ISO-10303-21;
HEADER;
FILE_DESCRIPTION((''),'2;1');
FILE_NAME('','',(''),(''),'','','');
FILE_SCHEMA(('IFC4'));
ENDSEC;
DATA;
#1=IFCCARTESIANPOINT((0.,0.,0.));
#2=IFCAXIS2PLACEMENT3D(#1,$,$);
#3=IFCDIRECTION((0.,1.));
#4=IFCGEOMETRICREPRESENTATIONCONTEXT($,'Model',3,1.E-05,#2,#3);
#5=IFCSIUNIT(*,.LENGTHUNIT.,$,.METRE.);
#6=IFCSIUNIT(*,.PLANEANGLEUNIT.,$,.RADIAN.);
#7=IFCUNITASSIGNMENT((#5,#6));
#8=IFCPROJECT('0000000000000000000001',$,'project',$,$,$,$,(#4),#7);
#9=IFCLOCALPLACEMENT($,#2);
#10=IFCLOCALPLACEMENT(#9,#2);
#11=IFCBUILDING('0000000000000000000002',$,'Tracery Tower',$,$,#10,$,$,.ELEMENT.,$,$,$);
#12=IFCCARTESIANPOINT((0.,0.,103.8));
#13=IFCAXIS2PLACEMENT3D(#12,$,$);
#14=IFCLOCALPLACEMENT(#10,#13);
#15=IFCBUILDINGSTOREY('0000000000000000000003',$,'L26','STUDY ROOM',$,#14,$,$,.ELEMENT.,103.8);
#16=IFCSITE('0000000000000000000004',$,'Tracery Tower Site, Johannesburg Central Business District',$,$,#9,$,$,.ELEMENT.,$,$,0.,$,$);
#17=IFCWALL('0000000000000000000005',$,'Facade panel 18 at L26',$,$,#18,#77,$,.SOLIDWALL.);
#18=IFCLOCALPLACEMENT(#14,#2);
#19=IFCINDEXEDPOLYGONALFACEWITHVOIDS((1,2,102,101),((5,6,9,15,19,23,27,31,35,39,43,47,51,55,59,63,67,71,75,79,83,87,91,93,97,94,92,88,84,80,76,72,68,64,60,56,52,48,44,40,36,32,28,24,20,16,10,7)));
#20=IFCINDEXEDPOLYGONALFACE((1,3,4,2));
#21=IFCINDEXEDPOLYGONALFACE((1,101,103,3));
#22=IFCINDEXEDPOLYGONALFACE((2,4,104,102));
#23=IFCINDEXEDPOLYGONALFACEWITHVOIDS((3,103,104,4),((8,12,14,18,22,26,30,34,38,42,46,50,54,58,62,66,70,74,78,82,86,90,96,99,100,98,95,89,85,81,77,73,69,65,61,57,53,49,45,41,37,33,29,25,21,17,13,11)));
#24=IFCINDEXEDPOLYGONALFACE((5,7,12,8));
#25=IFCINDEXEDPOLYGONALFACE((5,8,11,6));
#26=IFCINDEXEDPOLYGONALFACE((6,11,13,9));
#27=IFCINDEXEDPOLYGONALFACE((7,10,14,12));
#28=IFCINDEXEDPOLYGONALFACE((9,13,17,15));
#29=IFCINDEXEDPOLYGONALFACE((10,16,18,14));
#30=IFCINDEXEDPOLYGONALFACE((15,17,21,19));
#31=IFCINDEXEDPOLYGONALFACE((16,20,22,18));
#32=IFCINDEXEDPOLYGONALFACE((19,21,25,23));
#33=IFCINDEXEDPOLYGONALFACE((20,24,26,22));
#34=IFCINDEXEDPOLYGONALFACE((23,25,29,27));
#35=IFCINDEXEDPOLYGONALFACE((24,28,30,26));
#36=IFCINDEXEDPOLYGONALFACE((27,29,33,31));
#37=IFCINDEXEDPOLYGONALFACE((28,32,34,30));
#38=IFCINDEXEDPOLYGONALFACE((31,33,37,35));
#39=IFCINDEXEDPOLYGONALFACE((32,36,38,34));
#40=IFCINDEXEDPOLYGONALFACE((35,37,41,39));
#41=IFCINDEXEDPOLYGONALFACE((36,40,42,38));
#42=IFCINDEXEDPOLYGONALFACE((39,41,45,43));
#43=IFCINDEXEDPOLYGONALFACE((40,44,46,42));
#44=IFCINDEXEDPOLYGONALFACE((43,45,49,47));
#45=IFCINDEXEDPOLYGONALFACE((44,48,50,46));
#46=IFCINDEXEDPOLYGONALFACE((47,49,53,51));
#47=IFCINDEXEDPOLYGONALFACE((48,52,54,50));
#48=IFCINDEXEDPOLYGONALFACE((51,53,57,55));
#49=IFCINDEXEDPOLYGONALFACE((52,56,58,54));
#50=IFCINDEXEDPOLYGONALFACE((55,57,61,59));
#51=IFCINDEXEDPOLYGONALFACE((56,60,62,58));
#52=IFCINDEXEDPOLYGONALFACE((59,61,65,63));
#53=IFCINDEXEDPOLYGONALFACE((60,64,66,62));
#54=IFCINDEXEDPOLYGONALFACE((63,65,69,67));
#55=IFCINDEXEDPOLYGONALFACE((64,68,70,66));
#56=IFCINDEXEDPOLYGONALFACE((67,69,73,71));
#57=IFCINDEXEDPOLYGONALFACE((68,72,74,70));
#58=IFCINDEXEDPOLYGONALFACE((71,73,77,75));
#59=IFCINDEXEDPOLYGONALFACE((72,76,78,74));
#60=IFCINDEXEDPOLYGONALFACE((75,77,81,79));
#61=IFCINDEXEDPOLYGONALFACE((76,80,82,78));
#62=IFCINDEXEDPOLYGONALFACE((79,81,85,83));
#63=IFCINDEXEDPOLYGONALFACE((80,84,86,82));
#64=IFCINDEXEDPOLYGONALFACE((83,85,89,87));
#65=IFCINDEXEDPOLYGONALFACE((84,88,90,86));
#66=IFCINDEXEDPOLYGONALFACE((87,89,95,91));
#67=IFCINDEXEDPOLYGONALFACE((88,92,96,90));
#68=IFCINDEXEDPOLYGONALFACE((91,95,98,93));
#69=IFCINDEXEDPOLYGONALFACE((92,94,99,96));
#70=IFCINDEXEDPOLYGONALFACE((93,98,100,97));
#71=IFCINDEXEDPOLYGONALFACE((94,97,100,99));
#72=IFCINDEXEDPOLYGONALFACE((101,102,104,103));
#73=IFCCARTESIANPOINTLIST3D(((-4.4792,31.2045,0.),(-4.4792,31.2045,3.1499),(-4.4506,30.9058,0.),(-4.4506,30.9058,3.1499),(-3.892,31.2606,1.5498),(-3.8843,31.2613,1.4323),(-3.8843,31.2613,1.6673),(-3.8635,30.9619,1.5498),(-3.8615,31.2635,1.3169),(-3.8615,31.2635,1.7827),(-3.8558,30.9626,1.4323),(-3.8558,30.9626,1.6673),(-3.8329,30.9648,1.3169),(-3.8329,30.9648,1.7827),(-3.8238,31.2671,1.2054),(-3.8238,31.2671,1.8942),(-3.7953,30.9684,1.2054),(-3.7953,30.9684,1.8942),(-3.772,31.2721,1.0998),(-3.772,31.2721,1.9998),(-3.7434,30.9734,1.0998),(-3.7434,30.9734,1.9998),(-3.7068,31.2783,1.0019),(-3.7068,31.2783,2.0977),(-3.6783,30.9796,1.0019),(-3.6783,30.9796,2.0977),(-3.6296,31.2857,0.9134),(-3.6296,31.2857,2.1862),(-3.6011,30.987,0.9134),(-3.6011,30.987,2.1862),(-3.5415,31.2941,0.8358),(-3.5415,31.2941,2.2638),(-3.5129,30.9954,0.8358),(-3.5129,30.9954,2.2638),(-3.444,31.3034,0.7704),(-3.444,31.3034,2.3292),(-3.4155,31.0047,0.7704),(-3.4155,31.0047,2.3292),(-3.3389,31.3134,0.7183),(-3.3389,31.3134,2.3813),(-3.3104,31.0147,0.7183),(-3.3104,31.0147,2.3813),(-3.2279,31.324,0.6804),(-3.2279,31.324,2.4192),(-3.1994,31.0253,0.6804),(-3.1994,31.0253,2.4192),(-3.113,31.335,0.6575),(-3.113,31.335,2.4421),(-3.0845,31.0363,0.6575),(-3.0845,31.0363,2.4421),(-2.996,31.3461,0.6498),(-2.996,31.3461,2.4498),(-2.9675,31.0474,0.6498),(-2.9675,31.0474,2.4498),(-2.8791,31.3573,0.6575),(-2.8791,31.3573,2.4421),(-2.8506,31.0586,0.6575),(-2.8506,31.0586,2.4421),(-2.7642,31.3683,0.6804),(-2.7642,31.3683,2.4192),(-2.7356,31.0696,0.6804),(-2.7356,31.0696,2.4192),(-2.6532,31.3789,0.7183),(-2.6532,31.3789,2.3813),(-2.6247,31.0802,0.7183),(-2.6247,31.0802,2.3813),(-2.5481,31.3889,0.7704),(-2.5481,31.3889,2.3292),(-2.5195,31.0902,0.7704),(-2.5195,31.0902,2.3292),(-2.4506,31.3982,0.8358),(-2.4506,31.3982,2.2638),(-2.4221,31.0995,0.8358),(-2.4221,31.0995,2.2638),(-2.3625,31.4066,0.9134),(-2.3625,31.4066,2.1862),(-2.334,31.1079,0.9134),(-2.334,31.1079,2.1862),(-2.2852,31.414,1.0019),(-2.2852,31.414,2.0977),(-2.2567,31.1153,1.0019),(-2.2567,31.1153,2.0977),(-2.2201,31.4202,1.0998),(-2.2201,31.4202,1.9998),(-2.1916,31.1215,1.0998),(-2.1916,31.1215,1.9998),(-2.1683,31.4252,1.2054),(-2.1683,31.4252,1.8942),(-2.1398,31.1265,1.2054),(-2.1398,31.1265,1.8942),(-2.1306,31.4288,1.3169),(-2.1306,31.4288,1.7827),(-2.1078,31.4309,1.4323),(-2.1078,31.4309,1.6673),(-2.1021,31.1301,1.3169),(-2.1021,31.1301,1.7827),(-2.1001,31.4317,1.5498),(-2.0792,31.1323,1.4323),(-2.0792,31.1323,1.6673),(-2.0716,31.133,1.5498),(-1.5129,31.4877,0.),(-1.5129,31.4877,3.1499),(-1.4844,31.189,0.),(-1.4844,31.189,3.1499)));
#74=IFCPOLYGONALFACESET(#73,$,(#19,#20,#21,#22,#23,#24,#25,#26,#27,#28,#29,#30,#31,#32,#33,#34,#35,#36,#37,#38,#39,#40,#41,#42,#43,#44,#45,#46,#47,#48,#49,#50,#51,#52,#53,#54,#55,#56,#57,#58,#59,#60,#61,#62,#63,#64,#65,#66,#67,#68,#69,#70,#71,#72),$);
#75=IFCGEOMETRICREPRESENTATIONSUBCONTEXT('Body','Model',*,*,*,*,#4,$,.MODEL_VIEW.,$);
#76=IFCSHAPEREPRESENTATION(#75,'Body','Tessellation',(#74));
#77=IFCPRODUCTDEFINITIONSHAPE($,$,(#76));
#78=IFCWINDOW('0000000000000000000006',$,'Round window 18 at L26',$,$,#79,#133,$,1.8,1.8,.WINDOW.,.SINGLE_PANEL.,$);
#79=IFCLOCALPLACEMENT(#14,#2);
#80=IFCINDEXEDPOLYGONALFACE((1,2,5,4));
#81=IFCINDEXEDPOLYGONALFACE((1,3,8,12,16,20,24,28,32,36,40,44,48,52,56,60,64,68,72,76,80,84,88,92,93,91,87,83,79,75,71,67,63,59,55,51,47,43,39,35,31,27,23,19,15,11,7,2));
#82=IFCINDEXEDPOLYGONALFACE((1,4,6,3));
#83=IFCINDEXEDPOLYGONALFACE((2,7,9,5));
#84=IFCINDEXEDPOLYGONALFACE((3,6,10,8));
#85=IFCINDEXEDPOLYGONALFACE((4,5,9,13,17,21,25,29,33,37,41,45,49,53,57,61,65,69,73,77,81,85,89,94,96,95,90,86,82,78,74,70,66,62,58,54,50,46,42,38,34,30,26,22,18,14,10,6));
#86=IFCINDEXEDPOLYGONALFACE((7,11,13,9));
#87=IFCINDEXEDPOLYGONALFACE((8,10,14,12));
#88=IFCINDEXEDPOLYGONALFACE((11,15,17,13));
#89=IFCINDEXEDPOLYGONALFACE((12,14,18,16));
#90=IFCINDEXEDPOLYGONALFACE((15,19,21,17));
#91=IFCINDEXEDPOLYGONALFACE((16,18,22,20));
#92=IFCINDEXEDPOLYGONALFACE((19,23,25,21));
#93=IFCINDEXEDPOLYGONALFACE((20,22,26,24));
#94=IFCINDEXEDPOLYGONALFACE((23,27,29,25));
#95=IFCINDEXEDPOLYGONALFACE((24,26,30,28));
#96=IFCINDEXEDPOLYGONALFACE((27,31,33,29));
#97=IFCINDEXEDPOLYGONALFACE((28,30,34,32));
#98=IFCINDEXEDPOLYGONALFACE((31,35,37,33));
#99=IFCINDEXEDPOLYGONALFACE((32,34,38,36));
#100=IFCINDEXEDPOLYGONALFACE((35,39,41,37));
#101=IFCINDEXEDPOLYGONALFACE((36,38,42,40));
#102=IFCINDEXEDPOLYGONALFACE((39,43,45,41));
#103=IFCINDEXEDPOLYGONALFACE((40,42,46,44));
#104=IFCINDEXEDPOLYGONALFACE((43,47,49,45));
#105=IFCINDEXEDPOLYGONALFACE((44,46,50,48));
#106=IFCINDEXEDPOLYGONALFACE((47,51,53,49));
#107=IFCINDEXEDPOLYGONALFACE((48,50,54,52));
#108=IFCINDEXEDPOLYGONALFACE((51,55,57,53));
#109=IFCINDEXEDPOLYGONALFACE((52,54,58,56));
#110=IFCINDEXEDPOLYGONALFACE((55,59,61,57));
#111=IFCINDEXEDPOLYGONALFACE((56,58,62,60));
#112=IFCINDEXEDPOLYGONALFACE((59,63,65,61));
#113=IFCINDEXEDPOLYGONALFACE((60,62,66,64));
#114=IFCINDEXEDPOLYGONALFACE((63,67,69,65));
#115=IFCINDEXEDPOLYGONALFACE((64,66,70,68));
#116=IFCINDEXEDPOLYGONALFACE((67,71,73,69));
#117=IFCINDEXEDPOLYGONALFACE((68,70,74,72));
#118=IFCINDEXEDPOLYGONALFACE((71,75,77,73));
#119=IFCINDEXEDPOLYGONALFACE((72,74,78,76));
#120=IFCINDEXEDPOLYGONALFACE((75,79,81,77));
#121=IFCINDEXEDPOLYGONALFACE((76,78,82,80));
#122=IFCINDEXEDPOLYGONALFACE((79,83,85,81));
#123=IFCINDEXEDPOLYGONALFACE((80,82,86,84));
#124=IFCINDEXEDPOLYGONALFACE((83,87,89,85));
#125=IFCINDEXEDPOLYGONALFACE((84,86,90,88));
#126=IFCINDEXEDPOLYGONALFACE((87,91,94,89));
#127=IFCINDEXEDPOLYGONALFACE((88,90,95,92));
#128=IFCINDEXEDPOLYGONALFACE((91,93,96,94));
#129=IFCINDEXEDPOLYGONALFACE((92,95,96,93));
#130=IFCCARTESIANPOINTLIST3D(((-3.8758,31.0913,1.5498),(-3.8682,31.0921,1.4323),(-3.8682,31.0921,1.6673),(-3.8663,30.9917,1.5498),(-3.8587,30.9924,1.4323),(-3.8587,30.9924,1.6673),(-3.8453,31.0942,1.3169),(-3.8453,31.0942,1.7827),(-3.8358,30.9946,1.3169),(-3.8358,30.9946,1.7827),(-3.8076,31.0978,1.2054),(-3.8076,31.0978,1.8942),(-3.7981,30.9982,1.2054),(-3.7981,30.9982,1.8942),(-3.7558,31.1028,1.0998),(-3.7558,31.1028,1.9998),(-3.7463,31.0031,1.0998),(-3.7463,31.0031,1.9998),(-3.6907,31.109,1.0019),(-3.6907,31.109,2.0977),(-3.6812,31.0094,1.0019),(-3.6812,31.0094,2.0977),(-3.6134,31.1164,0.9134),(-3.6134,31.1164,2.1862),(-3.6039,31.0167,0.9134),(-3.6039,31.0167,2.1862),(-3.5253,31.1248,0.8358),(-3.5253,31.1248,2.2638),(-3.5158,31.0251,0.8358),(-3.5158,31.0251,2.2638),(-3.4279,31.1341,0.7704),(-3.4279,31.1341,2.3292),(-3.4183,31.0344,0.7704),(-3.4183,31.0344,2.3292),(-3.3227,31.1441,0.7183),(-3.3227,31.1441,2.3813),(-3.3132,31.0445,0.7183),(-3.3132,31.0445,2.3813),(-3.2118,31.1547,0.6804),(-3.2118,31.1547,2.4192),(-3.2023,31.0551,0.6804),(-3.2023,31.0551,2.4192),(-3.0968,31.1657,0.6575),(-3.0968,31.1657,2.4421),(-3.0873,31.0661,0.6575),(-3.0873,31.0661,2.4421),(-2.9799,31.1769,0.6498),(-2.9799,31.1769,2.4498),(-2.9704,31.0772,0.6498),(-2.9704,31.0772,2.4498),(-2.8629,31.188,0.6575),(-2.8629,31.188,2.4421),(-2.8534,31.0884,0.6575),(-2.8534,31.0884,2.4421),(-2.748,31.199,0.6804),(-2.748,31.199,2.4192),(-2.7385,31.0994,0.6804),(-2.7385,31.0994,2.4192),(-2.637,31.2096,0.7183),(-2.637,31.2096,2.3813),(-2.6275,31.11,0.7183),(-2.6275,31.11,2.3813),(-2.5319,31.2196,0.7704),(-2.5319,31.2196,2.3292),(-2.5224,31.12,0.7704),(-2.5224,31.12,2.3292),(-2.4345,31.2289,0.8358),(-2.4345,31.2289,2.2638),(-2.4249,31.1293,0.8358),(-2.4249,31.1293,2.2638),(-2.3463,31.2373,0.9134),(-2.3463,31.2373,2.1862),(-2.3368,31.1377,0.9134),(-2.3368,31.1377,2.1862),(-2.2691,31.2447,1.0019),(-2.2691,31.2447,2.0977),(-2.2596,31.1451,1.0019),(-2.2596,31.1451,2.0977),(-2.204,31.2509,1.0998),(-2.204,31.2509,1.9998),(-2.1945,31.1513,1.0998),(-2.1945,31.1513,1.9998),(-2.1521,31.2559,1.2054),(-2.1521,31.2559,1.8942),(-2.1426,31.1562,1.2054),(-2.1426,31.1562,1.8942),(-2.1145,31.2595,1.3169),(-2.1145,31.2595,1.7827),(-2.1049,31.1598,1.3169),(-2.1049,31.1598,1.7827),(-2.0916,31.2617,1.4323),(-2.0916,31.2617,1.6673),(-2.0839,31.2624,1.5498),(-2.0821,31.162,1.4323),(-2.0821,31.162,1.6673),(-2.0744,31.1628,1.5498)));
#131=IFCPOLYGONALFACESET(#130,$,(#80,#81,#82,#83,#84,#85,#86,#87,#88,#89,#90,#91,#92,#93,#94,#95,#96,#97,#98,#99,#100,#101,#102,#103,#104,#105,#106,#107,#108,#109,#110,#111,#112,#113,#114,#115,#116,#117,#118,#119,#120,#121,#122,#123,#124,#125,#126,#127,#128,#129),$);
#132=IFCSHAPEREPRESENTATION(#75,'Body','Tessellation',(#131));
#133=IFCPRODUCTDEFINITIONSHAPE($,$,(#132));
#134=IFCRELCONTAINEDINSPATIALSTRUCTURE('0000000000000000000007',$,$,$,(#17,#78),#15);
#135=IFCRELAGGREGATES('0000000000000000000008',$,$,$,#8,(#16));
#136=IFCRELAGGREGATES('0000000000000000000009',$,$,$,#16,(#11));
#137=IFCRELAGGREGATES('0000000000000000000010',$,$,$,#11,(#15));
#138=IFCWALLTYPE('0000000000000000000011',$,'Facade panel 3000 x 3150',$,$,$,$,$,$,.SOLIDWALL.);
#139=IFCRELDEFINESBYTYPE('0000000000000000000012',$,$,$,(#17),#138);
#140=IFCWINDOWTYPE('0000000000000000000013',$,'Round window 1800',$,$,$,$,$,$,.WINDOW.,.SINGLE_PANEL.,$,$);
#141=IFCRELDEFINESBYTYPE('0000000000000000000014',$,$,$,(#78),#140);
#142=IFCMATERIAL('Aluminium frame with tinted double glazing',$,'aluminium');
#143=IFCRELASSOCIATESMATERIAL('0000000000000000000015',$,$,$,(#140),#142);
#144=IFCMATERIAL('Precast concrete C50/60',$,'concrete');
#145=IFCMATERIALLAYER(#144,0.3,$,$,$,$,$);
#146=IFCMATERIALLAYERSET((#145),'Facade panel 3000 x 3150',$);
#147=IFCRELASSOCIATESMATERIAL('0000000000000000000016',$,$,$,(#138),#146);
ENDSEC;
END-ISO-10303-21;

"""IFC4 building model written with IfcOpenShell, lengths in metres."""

from ifc_helpers import new_model, si_unit, direction, frame, frame_2d, origin, origin_2d, place, context, subcontext, project, spatial, rectangle, circle, extrude, material, layer, layer_set, type_object, element, fill, save


model = new_model("IFC4")

# Units and contexts
model_context = context("Model", 3, precision=1e-05, world=origin(), true_north=direction((0.0, 1.0)))
body_context = subcontext(model_context, "Body", "Model", "MODEL_VIEW")
ifc_project = project(units=[si_unit("LENGTHUNIT", "METRE"), si_unit("PLANEANGLEUNIT", "RADIAN")], contexts=[model_context])

# Site, building, storey
site_placement = place(None, origin())
site = spatial("IfcSite", under=ifc_project, at=site_placement, Name="Tracery Tower Site, Johannesburg Central Business District", CompositionType="ELEMENT", RefElevation=0.0)
building_placement = place(site_placement, origin())
building = spatial("IfcBuilding", under=site, at=building_placement, Name="Tracery Tower", CompositionType="ELEMENT")
storey_placement = place(building_placement, frame((0.0, 0.0, 103.8)))
storey = spatial("IfcBuildingStorey", under=building, at=storey_placement, Name="L26", Description="STUDY ROOM", CompositionType="ELEMENT", Elevation=103.8)

# Wall, opening, window
ifc_material_1 = material(Name="Aluminium frame with tinted double glazing", Category="aluminium")
window_type = type_object("IfcWindowType", Name="Round window 1800", PartitioningType="SINGLE_PANEL", PredefinedType="WINDOW", material=ifc_material_1)
ifc_material_2 = material(Name="Precast concrete C50/60", Category="concrete")
ifc_layer_1 = layer(ifc_material_2, 0.3)
ifc_layer_set_1 = layer_set([ifc_layer_1], Name="Facade panel 3000 x 3150")
wall_type_1 = type_object("IfcWallType", Name="Facade panel 3000 x 3150", PredefinedType="SOLIDWALL", material=ifc_layer_set_1)
wall_1_placement = place(storey_placement, frame((-1.4988, 31.3384, 0.0), z_axis=(0.0, 0.0, 1.0), x_axis=(-0.995473, -0.095041, 0.0)))
wall_1 = element("IfcWall", 1, at=wall_1_placement, inside=storey, type_object=wall_type_1, Name="Facade panel 18 at L26", PredefinedType="SOLIDWALL", context=body_context, shape_type="SweptSolid", body=[
    extrude(rectangle(XDim=2.9797, YDim=0.3, at=frame_2d((1.4897, 0.0))), origin(), (0.0, 0.0, 1.0), 3.1499),
])
opening_1_placement = place(wall_1_placement, frame((1.4897, 0.0, 1.5498)))
opening_1 = element("IfcOpeningElement", 2, at=opening_1_placement, cuts=wall_1, PredefinedType="OPENING", context=body_context, shape_type="SweptSolid", body=[
    extrude(circle(Radius=0.9, at=origin_2d()), frame((0.0, 0.1599, 0.0), z_axis=(0.0, -1.0, 0.0), x_axis=(1.0, 0.0, 0.0)), (0.0, 0.0, 1.0), 0.3201),
])
window_1_placement = place(opening_1_placement, origin())
window_1 = element("IfcWindow", 3, at=window_1_placement, inside=storey, type_object=window_type, Name="Round window 18 at L26", OverallHeight=1.8, OverallWidth=1.8, PartitioningType="SINGLE_PANEL", PredefinedType="WINDOW", context=body_context, shape_type="SweptSolid", body=[
    extrude(circle(Radius=0.9, at=origin_2d()), frame((0.0, 0.1201, 0.0), z_axis=(0.0, -1.0, 0.0), x_axis=(1.0, 0.0, 0.0)), (0.0, 0.0, 1.0), 0.1001),
])
fill(opening_1, window_1)

save(model, "model.ifc")
